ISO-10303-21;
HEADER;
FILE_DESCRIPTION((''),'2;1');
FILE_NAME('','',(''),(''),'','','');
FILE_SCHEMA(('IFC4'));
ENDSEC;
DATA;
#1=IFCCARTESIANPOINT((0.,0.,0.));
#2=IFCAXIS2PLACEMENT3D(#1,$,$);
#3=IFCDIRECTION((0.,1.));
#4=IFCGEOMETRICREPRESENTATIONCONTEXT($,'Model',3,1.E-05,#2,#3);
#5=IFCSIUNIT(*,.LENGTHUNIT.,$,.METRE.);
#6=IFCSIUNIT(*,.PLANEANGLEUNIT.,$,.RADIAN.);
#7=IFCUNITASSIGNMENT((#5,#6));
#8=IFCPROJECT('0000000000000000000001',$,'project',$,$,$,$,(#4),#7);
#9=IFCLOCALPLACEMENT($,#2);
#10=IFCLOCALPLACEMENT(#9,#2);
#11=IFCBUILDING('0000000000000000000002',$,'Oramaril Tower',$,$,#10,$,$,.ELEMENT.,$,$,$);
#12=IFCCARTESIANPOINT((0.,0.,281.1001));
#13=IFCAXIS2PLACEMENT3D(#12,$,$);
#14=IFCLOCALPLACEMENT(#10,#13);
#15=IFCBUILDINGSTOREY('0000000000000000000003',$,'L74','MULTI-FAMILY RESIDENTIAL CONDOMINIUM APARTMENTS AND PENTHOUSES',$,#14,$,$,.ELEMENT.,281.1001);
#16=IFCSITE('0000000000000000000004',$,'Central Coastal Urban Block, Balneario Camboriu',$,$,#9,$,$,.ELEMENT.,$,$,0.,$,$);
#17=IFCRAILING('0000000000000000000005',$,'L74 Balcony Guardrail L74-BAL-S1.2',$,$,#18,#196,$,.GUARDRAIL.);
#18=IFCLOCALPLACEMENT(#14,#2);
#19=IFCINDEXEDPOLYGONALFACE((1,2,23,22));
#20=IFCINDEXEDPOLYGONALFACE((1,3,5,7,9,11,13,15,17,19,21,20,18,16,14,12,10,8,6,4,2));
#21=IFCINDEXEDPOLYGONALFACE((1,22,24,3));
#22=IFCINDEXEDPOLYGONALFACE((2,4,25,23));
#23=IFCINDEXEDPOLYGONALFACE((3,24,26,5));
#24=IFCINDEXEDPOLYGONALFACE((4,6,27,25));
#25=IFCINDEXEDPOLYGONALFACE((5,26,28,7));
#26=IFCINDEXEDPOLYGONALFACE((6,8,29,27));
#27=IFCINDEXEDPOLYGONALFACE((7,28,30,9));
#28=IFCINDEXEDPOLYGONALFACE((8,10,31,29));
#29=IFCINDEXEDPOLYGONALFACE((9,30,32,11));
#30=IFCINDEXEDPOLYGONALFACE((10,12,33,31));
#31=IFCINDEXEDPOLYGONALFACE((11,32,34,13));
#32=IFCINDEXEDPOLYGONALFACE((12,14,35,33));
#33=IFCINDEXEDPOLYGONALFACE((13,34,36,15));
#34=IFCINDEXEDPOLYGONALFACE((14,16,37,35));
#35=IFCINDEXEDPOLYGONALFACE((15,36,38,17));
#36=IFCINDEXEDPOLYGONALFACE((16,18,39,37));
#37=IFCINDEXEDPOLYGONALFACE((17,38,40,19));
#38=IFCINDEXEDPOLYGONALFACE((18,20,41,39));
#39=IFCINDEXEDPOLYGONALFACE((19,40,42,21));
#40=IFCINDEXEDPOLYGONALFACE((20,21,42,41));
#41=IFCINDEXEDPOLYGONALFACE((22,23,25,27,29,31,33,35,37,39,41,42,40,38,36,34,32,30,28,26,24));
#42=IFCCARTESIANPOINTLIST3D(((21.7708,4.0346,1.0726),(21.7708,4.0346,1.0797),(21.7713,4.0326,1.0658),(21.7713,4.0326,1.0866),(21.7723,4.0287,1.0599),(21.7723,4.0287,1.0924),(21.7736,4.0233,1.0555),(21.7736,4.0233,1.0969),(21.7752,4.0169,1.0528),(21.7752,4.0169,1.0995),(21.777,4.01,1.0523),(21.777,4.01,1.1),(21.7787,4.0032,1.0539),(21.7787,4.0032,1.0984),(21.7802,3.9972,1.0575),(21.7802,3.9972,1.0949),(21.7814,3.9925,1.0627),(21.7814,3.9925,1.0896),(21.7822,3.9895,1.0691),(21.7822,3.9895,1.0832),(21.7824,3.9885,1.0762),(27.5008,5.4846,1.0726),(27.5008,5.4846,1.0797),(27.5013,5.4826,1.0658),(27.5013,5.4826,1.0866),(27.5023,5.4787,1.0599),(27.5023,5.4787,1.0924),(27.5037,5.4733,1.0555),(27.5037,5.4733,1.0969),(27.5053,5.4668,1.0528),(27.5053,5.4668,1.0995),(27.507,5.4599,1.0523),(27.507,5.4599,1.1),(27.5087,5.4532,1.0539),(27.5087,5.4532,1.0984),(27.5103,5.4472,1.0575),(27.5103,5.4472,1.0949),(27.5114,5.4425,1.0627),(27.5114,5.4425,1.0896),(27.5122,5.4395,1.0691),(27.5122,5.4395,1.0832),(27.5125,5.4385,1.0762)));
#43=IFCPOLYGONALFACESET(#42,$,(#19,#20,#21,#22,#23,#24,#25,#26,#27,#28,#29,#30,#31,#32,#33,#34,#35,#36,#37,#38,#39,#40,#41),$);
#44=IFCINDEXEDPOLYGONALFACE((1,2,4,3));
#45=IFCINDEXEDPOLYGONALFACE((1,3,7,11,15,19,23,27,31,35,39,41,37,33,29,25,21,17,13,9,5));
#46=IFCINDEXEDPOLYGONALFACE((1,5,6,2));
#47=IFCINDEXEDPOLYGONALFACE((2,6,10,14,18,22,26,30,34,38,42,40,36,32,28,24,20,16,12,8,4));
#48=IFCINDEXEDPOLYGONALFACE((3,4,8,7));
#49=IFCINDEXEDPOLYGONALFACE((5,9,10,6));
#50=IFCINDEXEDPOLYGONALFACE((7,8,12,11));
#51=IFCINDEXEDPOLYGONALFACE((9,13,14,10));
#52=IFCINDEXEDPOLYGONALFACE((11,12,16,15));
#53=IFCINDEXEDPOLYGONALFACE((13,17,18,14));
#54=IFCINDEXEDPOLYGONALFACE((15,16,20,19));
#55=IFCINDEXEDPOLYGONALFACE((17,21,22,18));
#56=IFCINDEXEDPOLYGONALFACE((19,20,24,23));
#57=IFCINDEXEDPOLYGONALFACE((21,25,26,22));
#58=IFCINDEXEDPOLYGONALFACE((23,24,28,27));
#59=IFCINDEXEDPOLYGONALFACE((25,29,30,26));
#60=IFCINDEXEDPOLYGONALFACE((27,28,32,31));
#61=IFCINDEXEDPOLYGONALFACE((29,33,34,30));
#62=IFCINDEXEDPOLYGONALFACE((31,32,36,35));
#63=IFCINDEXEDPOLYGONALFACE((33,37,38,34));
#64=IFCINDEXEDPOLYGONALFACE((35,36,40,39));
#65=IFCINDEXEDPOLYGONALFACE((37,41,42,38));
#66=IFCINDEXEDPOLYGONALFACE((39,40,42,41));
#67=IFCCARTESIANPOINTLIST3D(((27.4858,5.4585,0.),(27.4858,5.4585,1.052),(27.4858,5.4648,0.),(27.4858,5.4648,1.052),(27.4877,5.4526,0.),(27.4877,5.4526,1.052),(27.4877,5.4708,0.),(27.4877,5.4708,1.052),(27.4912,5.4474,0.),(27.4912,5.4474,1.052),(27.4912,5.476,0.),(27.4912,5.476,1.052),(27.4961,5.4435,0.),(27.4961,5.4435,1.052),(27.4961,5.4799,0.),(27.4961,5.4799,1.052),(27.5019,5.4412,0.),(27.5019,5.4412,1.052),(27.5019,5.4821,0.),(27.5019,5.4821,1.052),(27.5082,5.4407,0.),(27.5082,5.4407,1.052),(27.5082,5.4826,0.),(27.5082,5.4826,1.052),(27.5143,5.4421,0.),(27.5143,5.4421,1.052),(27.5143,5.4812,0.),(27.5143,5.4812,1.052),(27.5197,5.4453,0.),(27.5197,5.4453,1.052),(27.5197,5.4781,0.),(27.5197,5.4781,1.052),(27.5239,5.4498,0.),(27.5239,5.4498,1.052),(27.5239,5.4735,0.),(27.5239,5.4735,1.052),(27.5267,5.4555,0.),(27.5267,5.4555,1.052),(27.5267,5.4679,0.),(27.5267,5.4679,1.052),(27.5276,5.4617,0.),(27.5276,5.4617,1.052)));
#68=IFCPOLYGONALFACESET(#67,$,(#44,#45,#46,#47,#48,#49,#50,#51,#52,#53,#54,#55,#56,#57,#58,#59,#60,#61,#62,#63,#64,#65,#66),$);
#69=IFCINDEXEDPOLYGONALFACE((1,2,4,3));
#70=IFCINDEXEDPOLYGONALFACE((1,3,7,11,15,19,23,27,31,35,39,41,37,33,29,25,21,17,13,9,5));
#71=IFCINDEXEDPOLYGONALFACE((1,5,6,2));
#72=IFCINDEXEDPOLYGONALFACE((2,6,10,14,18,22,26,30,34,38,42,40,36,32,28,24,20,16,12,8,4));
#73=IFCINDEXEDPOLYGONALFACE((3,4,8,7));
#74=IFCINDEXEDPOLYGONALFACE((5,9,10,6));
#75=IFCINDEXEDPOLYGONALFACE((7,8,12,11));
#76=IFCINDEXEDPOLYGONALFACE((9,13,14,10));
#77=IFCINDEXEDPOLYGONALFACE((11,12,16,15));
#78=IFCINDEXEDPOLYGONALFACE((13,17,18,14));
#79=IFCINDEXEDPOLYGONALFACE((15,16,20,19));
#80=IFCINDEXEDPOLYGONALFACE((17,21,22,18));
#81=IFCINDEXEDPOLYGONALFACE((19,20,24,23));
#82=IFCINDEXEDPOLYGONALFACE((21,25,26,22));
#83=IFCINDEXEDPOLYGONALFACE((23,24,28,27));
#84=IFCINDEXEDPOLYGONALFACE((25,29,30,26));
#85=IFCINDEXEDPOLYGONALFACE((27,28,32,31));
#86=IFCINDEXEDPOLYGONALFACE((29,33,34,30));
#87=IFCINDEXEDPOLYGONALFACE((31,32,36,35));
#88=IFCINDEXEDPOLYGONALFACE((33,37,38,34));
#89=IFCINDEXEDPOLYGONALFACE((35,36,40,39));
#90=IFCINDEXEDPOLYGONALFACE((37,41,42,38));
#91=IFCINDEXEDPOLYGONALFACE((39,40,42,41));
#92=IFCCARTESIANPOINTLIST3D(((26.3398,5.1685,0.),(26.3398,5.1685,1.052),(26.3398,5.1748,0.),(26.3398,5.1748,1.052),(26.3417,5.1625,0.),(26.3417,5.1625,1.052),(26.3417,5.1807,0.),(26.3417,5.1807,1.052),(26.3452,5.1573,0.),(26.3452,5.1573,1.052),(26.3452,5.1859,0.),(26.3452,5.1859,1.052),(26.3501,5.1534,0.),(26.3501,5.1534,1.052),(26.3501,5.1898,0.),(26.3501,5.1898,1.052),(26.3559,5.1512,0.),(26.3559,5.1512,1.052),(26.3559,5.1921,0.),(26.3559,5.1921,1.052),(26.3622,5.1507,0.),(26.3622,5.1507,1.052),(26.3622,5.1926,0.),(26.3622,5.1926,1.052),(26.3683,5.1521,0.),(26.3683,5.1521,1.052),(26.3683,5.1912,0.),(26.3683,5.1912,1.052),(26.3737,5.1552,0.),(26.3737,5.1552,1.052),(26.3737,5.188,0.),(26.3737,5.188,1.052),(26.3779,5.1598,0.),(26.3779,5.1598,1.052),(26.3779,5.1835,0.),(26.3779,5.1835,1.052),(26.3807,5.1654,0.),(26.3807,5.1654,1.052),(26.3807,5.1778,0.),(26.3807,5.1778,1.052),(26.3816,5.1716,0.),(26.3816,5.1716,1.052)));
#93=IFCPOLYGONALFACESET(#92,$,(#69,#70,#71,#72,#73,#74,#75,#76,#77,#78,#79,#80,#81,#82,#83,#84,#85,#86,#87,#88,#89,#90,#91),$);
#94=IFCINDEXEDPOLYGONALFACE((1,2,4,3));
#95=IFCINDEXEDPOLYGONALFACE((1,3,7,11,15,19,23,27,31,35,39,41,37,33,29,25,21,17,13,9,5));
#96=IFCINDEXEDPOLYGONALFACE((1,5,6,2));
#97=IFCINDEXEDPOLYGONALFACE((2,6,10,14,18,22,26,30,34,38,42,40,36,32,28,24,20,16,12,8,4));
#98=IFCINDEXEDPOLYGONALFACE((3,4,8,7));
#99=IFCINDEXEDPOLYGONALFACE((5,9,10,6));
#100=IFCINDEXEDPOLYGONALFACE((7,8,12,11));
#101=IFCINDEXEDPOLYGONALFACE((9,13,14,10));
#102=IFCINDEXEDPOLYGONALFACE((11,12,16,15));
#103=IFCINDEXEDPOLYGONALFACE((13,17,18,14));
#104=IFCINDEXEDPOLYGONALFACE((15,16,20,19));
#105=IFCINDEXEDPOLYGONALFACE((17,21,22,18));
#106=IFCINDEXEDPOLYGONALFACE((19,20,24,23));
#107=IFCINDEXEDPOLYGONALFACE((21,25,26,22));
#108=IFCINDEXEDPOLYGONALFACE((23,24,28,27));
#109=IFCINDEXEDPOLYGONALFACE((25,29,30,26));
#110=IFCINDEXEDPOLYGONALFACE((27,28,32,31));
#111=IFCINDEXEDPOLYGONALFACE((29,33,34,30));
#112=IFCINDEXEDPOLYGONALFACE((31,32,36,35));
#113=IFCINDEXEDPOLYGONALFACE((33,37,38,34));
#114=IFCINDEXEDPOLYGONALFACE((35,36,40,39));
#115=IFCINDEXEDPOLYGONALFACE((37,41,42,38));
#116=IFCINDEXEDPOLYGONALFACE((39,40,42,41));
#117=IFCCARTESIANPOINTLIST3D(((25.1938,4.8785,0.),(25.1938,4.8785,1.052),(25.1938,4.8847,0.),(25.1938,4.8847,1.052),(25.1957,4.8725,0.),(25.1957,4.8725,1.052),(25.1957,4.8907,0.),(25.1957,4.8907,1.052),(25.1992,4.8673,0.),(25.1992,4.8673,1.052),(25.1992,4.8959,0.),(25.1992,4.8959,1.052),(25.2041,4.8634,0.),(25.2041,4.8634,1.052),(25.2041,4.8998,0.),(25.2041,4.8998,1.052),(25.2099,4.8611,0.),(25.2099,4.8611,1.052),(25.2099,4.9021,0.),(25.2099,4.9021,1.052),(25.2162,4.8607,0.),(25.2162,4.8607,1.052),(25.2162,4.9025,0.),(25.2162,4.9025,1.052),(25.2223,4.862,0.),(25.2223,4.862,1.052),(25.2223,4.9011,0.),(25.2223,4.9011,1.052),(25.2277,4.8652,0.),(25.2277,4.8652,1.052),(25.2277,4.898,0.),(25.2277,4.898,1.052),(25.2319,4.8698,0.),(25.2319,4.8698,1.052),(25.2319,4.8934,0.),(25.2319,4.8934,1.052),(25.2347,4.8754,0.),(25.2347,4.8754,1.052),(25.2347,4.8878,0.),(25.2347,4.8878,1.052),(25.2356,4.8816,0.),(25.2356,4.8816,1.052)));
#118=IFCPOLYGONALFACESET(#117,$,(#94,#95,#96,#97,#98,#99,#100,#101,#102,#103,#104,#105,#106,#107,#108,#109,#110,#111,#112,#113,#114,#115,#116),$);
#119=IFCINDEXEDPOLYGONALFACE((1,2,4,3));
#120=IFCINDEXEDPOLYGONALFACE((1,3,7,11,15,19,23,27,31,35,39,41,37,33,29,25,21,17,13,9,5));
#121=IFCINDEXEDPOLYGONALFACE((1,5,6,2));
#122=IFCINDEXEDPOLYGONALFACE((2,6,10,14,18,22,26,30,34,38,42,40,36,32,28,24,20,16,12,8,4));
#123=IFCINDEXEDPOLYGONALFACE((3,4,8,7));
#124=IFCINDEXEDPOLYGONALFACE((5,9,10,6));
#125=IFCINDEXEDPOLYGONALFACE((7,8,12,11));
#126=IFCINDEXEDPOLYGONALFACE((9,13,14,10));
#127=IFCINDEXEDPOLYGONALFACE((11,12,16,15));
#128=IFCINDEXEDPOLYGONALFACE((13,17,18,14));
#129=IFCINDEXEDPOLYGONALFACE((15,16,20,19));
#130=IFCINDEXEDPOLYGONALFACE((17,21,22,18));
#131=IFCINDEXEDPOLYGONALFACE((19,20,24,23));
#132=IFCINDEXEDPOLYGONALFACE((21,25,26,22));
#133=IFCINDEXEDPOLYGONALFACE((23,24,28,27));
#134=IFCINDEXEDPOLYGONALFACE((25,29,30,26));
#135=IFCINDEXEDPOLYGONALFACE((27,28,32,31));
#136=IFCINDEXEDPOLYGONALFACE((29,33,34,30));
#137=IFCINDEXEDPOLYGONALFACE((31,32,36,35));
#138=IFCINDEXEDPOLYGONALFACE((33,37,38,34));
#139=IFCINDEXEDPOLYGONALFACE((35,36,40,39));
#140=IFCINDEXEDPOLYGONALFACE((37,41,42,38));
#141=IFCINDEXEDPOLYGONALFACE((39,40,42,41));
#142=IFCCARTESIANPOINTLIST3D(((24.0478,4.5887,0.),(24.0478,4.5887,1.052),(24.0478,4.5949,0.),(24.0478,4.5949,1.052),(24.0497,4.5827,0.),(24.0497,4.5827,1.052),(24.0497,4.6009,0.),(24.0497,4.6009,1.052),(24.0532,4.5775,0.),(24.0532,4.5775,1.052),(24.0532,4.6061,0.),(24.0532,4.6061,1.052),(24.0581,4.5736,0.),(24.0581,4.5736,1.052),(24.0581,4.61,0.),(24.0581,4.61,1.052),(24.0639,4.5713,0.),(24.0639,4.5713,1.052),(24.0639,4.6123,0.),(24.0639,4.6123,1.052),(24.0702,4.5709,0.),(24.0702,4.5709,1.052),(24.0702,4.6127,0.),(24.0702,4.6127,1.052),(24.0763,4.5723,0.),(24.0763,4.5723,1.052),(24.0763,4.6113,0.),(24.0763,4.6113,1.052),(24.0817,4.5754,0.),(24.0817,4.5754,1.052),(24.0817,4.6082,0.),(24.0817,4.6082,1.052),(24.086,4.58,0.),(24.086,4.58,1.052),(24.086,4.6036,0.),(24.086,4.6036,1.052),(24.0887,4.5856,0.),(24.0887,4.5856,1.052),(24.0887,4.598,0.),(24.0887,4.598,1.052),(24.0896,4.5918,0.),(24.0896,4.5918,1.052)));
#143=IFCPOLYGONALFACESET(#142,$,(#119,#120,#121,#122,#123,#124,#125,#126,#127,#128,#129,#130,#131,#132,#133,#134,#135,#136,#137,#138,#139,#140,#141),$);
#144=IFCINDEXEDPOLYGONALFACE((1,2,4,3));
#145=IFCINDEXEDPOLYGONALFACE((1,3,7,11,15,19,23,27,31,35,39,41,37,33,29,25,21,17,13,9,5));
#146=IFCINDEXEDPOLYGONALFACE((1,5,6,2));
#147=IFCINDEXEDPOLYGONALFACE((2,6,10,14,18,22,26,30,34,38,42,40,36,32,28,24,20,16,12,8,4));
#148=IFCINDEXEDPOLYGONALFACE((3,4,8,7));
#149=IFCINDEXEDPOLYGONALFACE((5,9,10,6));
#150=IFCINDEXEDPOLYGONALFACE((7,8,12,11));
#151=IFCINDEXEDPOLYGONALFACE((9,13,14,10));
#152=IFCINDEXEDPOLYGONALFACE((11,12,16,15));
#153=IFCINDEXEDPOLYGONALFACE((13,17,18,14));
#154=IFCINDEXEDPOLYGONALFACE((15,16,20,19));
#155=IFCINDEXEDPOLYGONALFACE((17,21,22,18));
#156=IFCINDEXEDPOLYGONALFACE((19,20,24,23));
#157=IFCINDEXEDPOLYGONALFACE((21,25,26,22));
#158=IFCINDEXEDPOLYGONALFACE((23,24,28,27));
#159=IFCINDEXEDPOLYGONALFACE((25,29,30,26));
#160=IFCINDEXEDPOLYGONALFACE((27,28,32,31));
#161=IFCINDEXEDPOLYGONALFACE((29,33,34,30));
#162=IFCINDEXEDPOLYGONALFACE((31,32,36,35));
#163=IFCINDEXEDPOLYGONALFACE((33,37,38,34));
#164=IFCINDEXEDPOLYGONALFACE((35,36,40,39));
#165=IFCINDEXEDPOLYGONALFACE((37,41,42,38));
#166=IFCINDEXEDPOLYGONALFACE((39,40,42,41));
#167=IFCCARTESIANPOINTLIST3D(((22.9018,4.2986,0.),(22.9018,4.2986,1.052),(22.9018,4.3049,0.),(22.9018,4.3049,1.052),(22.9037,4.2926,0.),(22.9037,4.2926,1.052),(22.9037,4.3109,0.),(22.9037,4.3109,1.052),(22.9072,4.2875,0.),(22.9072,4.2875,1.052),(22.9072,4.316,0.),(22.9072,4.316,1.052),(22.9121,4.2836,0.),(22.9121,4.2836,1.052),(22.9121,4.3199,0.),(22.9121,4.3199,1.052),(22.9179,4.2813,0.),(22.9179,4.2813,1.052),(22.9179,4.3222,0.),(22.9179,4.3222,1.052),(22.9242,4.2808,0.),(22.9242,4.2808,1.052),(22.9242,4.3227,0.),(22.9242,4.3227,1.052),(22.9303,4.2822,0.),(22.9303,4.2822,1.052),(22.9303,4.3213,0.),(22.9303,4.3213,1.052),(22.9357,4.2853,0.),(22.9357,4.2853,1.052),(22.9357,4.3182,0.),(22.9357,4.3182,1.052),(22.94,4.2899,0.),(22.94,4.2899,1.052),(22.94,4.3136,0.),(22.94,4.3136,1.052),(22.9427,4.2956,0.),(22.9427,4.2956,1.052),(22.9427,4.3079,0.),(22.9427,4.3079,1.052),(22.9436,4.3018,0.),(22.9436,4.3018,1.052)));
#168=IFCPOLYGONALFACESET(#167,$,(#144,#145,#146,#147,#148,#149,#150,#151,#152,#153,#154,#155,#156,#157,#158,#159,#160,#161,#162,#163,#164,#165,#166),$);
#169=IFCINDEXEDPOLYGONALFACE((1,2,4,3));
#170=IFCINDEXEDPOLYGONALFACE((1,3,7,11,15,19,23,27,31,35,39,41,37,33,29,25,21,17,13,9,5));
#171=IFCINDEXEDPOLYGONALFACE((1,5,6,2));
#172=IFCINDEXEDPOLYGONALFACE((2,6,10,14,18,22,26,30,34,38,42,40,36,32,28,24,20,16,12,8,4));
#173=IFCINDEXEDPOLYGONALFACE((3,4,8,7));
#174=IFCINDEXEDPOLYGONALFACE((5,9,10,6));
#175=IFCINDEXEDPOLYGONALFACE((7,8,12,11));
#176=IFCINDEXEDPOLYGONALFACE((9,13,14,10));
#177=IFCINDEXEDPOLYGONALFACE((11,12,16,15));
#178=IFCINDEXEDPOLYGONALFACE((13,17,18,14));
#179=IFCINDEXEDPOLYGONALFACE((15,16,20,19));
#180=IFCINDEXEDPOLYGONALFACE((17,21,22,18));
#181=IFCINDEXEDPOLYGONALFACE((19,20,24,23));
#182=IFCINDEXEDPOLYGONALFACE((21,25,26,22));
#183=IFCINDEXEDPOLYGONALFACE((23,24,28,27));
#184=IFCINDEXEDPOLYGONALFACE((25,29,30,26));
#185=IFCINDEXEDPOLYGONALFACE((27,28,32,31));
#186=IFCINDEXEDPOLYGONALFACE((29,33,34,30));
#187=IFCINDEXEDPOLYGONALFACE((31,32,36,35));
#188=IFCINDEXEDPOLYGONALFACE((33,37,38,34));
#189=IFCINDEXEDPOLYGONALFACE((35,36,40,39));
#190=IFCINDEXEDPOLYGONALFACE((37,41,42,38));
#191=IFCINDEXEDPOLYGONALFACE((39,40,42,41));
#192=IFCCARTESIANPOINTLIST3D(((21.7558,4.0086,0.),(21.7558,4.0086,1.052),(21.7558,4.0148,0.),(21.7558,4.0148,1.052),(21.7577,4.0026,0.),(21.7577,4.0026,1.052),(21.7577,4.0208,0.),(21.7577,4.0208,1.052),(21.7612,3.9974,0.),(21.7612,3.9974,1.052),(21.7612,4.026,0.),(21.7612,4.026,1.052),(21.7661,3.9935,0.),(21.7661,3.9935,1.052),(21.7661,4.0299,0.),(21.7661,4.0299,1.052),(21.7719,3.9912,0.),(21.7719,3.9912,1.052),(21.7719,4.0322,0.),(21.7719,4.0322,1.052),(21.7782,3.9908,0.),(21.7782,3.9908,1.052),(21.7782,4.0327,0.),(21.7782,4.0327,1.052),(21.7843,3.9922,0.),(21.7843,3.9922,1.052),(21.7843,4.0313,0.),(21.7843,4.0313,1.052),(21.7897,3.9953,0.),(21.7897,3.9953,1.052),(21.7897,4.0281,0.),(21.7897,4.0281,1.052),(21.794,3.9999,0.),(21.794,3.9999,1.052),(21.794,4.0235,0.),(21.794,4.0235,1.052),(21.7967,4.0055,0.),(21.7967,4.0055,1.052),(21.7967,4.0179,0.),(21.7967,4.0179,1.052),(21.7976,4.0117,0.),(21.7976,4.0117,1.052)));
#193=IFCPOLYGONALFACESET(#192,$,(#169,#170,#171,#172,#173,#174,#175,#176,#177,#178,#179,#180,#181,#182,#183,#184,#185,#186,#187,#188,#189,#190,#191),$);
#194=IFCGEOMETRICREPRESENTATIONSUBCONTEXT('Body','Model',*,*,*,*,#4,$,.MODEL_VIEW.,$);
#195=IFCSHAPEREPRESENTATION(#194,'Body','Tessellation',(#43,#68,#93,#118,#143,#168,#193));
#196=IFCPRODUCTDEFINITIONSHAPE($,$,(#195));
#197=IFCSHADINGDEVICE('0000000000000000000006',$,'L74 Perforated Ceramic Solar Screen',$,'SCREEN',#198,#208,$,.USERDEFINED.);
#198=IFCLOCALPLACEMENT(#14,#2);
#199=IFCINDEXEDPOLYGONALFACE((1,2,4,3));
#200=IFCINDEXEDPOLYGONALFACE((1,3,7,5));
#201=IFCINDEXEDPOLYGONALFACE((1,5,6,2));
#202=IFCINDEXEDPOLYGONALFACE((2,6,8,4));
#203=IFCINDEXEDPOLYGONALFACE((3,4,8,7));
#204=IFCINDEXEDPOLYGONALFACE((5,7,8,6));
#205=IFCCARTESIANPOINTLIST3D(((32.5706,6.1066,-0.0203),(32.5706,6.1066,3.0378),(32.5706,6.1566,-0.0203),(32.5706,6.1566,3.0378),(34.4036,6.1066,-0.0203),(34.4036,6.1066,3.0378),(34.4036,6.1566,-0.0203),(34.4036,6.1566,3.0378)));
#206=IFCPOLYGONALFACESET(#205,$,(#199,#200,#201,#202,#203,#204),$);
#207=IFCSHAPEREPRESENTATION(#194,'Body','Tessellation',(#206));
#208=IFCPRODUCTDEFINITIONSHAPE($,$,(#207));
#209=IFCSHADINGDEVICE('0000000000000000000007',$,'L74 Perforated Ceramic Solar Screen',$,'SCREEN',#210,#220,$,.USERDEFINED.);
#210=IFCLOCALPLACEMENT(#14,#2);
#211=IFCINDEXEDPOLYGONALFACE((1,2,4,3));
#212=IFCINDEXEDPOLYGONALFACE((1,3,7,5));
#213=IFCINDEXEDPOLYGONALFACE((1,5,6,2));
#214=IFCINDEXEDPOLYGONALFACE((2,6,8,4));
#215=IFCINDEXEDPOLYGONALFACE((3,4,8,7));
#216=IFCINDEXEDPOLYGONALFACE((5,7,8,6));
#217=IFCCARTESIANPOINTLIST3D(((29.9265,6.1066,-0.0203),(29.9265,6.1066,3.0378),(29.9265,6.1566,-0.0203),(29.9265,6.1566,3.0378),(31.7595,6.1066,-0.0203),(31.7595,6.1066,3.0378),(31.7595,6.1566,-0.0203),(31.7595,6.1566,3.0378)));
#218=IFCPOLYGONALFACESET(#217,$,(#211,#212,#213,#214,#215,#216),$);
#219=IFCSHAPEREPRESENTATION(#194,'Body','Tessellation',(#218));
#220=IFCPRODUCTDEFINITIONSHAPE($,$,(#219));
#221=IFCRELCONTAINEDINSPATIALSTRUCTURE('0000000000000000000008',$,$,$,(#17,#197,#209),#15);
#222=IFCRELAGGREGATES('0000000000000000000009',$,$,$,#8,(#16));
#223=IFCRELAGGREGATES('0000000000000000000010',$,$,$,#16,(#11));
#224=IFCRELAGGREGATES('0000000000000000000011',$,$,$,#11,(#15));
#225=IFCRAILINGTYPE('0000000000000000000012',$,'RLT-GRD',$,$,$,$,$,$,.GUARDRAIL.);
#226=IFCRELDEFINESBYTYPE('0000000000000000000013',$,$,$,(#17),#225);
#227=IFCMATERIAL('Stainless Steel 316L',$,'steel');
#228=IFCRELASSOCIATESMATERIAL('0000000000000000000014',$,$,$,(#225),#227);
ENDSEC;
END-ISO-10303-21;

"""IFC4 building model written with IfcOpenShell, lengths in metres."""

from ifc_helpers import new_model, si_unit, direction, frame, origin, origin_2d, place, context, subcontext, project, spatial, rectangle, circle, extrude, material, type_object, element, save


model = new_model("IFC4")

# Units and contexts
model_context = context("Model", 3, precision=1e-05, world=origin(), true_north=direction((0.0, 1.0)))
body_context = subcontext(model_context, "Body", "Model", "MODEL_VIEW")
ifc_project = project(units=[si_unit("LENGTHUNIT", "METRE"), si_unit("PLANEANGLEUNIT", "RADIAN")], contexts=[model_context])

# Site, building, storey
site_placement = place(None, origin())
site = spatial("IfcSite", under=ifc_project, at=site_placement, Name="Central Coastal Urban Block, Balneario Camboriu", CompositionType="ELEMENT", RefElevation=0.0)
building_placement = place(site_placement, origin())
building = spatial("IfcBuilding", under=site, at=building_placement, Name="Oramaril Tower", CompositionType="ELEMENT")
storey_placement = place(building_placement, frame((0.0, 0.0, 281.1001)))
storey = spatial("IfcBuildingStorey", under=building, at=storey_placement, Name="L74", Description="MULTI-FAMILY RESIDENTIAL CONDOMINIUM APARTMENTS AND PENTHOUSES", CompositionType="ELEMENT", Elevation=281.1001)

# Railing
ifc_material_1 = material(Name="Stainless Steel 316L", Category="steel")
railing_type = type_object("IfcRailingType", Name="RLT-GRD", PredefinedType="GUARDRAIL", material=ifc_material_1)
railing_1_placement = place(storey_placement, frame((27.5066, 5.4617, 0.0)))
element("IfcRailing", 1, at=railing_1_placement, inside=storey, type_object=railing_type, Name="L74 Balcony Guardrail L74-BAL-S1.2", PredefinedType="GUARDRAIL", context=body_context, shape_type="SweptSolid", body=[
    extrude(circle(Radius=0.0239, at=origin_2d()), frame((0.0, 0.0, 1.0762), z_axis=(-0.969444, -0.245314, 0.0), x_axis=(0.245314, -0.969444, 0.0)), (0.0, 0.0, 1.0), 5.9106),
    extrude(circle(Radius=0.021, at=origin_2d()), origin(), (0.0, 0.0, 1.0), 1.052),
    extrude(circle(Radius=0.021, at=origin_2d()), frame((-1.146, -0.29, 0.0)), (0.0, 0.0, 1.0), 1.052),
    extrude(circle(Radius=0.021, at=origin_2d()), frame((-2.292, -0.5801, 0.0)), (0.0, 0.0, 1.0), 1.052),
    extrude(circle(Radius=0.021, at=origin_2d()), frame((-3.438, -0.8699, 0.0)), (0.0, 0.0, 1.0), 1.052),
    extrude(circle(Radius=0.021, at=origin_2d()), frame((-4.584, -1.1599, 0.0)), (0.0, 0.0, 1.0), 1.052),
    extrude(circle(Radius=0.021, at=origin_2d()), frame((-5.73, -1.45, 0.0)), (0.0, 0.0, 1.0), 1.052),
])

# Shading devices
for number, where, z_axis, x_axis, name in (
    (2, (33.4871, 6.1316, -0.0203), (0.0, 0.0, 1.0), (1.0, 0.0, 0.0), "L74 Perforated Ceramic Solar Screen"),
    (3, (30.843, 6.1316, -0.0203), (0.0, 0.0, 1.0), (1.0, 0.0, 0.0), "L74 Perforated Ceramic Solar Screen"),
):
    element("IfcShadingDevice", number, at=place(storey_placement, frame(where, z_axis=z_axis, x_axis=x_axis)), inside=storey, Name=name, ObjectType="SCREEN", PredefinedType="USERDEFINED", context=body_context, shape_type="SweptSolid", body=[
        extrude(rectangle(XDim=1.833, YDim=0.05, at=origin_2d()), origin(), (0.0, 0.0, 1.0), 3.0581),
    ])

save(model, "model.ifc")
